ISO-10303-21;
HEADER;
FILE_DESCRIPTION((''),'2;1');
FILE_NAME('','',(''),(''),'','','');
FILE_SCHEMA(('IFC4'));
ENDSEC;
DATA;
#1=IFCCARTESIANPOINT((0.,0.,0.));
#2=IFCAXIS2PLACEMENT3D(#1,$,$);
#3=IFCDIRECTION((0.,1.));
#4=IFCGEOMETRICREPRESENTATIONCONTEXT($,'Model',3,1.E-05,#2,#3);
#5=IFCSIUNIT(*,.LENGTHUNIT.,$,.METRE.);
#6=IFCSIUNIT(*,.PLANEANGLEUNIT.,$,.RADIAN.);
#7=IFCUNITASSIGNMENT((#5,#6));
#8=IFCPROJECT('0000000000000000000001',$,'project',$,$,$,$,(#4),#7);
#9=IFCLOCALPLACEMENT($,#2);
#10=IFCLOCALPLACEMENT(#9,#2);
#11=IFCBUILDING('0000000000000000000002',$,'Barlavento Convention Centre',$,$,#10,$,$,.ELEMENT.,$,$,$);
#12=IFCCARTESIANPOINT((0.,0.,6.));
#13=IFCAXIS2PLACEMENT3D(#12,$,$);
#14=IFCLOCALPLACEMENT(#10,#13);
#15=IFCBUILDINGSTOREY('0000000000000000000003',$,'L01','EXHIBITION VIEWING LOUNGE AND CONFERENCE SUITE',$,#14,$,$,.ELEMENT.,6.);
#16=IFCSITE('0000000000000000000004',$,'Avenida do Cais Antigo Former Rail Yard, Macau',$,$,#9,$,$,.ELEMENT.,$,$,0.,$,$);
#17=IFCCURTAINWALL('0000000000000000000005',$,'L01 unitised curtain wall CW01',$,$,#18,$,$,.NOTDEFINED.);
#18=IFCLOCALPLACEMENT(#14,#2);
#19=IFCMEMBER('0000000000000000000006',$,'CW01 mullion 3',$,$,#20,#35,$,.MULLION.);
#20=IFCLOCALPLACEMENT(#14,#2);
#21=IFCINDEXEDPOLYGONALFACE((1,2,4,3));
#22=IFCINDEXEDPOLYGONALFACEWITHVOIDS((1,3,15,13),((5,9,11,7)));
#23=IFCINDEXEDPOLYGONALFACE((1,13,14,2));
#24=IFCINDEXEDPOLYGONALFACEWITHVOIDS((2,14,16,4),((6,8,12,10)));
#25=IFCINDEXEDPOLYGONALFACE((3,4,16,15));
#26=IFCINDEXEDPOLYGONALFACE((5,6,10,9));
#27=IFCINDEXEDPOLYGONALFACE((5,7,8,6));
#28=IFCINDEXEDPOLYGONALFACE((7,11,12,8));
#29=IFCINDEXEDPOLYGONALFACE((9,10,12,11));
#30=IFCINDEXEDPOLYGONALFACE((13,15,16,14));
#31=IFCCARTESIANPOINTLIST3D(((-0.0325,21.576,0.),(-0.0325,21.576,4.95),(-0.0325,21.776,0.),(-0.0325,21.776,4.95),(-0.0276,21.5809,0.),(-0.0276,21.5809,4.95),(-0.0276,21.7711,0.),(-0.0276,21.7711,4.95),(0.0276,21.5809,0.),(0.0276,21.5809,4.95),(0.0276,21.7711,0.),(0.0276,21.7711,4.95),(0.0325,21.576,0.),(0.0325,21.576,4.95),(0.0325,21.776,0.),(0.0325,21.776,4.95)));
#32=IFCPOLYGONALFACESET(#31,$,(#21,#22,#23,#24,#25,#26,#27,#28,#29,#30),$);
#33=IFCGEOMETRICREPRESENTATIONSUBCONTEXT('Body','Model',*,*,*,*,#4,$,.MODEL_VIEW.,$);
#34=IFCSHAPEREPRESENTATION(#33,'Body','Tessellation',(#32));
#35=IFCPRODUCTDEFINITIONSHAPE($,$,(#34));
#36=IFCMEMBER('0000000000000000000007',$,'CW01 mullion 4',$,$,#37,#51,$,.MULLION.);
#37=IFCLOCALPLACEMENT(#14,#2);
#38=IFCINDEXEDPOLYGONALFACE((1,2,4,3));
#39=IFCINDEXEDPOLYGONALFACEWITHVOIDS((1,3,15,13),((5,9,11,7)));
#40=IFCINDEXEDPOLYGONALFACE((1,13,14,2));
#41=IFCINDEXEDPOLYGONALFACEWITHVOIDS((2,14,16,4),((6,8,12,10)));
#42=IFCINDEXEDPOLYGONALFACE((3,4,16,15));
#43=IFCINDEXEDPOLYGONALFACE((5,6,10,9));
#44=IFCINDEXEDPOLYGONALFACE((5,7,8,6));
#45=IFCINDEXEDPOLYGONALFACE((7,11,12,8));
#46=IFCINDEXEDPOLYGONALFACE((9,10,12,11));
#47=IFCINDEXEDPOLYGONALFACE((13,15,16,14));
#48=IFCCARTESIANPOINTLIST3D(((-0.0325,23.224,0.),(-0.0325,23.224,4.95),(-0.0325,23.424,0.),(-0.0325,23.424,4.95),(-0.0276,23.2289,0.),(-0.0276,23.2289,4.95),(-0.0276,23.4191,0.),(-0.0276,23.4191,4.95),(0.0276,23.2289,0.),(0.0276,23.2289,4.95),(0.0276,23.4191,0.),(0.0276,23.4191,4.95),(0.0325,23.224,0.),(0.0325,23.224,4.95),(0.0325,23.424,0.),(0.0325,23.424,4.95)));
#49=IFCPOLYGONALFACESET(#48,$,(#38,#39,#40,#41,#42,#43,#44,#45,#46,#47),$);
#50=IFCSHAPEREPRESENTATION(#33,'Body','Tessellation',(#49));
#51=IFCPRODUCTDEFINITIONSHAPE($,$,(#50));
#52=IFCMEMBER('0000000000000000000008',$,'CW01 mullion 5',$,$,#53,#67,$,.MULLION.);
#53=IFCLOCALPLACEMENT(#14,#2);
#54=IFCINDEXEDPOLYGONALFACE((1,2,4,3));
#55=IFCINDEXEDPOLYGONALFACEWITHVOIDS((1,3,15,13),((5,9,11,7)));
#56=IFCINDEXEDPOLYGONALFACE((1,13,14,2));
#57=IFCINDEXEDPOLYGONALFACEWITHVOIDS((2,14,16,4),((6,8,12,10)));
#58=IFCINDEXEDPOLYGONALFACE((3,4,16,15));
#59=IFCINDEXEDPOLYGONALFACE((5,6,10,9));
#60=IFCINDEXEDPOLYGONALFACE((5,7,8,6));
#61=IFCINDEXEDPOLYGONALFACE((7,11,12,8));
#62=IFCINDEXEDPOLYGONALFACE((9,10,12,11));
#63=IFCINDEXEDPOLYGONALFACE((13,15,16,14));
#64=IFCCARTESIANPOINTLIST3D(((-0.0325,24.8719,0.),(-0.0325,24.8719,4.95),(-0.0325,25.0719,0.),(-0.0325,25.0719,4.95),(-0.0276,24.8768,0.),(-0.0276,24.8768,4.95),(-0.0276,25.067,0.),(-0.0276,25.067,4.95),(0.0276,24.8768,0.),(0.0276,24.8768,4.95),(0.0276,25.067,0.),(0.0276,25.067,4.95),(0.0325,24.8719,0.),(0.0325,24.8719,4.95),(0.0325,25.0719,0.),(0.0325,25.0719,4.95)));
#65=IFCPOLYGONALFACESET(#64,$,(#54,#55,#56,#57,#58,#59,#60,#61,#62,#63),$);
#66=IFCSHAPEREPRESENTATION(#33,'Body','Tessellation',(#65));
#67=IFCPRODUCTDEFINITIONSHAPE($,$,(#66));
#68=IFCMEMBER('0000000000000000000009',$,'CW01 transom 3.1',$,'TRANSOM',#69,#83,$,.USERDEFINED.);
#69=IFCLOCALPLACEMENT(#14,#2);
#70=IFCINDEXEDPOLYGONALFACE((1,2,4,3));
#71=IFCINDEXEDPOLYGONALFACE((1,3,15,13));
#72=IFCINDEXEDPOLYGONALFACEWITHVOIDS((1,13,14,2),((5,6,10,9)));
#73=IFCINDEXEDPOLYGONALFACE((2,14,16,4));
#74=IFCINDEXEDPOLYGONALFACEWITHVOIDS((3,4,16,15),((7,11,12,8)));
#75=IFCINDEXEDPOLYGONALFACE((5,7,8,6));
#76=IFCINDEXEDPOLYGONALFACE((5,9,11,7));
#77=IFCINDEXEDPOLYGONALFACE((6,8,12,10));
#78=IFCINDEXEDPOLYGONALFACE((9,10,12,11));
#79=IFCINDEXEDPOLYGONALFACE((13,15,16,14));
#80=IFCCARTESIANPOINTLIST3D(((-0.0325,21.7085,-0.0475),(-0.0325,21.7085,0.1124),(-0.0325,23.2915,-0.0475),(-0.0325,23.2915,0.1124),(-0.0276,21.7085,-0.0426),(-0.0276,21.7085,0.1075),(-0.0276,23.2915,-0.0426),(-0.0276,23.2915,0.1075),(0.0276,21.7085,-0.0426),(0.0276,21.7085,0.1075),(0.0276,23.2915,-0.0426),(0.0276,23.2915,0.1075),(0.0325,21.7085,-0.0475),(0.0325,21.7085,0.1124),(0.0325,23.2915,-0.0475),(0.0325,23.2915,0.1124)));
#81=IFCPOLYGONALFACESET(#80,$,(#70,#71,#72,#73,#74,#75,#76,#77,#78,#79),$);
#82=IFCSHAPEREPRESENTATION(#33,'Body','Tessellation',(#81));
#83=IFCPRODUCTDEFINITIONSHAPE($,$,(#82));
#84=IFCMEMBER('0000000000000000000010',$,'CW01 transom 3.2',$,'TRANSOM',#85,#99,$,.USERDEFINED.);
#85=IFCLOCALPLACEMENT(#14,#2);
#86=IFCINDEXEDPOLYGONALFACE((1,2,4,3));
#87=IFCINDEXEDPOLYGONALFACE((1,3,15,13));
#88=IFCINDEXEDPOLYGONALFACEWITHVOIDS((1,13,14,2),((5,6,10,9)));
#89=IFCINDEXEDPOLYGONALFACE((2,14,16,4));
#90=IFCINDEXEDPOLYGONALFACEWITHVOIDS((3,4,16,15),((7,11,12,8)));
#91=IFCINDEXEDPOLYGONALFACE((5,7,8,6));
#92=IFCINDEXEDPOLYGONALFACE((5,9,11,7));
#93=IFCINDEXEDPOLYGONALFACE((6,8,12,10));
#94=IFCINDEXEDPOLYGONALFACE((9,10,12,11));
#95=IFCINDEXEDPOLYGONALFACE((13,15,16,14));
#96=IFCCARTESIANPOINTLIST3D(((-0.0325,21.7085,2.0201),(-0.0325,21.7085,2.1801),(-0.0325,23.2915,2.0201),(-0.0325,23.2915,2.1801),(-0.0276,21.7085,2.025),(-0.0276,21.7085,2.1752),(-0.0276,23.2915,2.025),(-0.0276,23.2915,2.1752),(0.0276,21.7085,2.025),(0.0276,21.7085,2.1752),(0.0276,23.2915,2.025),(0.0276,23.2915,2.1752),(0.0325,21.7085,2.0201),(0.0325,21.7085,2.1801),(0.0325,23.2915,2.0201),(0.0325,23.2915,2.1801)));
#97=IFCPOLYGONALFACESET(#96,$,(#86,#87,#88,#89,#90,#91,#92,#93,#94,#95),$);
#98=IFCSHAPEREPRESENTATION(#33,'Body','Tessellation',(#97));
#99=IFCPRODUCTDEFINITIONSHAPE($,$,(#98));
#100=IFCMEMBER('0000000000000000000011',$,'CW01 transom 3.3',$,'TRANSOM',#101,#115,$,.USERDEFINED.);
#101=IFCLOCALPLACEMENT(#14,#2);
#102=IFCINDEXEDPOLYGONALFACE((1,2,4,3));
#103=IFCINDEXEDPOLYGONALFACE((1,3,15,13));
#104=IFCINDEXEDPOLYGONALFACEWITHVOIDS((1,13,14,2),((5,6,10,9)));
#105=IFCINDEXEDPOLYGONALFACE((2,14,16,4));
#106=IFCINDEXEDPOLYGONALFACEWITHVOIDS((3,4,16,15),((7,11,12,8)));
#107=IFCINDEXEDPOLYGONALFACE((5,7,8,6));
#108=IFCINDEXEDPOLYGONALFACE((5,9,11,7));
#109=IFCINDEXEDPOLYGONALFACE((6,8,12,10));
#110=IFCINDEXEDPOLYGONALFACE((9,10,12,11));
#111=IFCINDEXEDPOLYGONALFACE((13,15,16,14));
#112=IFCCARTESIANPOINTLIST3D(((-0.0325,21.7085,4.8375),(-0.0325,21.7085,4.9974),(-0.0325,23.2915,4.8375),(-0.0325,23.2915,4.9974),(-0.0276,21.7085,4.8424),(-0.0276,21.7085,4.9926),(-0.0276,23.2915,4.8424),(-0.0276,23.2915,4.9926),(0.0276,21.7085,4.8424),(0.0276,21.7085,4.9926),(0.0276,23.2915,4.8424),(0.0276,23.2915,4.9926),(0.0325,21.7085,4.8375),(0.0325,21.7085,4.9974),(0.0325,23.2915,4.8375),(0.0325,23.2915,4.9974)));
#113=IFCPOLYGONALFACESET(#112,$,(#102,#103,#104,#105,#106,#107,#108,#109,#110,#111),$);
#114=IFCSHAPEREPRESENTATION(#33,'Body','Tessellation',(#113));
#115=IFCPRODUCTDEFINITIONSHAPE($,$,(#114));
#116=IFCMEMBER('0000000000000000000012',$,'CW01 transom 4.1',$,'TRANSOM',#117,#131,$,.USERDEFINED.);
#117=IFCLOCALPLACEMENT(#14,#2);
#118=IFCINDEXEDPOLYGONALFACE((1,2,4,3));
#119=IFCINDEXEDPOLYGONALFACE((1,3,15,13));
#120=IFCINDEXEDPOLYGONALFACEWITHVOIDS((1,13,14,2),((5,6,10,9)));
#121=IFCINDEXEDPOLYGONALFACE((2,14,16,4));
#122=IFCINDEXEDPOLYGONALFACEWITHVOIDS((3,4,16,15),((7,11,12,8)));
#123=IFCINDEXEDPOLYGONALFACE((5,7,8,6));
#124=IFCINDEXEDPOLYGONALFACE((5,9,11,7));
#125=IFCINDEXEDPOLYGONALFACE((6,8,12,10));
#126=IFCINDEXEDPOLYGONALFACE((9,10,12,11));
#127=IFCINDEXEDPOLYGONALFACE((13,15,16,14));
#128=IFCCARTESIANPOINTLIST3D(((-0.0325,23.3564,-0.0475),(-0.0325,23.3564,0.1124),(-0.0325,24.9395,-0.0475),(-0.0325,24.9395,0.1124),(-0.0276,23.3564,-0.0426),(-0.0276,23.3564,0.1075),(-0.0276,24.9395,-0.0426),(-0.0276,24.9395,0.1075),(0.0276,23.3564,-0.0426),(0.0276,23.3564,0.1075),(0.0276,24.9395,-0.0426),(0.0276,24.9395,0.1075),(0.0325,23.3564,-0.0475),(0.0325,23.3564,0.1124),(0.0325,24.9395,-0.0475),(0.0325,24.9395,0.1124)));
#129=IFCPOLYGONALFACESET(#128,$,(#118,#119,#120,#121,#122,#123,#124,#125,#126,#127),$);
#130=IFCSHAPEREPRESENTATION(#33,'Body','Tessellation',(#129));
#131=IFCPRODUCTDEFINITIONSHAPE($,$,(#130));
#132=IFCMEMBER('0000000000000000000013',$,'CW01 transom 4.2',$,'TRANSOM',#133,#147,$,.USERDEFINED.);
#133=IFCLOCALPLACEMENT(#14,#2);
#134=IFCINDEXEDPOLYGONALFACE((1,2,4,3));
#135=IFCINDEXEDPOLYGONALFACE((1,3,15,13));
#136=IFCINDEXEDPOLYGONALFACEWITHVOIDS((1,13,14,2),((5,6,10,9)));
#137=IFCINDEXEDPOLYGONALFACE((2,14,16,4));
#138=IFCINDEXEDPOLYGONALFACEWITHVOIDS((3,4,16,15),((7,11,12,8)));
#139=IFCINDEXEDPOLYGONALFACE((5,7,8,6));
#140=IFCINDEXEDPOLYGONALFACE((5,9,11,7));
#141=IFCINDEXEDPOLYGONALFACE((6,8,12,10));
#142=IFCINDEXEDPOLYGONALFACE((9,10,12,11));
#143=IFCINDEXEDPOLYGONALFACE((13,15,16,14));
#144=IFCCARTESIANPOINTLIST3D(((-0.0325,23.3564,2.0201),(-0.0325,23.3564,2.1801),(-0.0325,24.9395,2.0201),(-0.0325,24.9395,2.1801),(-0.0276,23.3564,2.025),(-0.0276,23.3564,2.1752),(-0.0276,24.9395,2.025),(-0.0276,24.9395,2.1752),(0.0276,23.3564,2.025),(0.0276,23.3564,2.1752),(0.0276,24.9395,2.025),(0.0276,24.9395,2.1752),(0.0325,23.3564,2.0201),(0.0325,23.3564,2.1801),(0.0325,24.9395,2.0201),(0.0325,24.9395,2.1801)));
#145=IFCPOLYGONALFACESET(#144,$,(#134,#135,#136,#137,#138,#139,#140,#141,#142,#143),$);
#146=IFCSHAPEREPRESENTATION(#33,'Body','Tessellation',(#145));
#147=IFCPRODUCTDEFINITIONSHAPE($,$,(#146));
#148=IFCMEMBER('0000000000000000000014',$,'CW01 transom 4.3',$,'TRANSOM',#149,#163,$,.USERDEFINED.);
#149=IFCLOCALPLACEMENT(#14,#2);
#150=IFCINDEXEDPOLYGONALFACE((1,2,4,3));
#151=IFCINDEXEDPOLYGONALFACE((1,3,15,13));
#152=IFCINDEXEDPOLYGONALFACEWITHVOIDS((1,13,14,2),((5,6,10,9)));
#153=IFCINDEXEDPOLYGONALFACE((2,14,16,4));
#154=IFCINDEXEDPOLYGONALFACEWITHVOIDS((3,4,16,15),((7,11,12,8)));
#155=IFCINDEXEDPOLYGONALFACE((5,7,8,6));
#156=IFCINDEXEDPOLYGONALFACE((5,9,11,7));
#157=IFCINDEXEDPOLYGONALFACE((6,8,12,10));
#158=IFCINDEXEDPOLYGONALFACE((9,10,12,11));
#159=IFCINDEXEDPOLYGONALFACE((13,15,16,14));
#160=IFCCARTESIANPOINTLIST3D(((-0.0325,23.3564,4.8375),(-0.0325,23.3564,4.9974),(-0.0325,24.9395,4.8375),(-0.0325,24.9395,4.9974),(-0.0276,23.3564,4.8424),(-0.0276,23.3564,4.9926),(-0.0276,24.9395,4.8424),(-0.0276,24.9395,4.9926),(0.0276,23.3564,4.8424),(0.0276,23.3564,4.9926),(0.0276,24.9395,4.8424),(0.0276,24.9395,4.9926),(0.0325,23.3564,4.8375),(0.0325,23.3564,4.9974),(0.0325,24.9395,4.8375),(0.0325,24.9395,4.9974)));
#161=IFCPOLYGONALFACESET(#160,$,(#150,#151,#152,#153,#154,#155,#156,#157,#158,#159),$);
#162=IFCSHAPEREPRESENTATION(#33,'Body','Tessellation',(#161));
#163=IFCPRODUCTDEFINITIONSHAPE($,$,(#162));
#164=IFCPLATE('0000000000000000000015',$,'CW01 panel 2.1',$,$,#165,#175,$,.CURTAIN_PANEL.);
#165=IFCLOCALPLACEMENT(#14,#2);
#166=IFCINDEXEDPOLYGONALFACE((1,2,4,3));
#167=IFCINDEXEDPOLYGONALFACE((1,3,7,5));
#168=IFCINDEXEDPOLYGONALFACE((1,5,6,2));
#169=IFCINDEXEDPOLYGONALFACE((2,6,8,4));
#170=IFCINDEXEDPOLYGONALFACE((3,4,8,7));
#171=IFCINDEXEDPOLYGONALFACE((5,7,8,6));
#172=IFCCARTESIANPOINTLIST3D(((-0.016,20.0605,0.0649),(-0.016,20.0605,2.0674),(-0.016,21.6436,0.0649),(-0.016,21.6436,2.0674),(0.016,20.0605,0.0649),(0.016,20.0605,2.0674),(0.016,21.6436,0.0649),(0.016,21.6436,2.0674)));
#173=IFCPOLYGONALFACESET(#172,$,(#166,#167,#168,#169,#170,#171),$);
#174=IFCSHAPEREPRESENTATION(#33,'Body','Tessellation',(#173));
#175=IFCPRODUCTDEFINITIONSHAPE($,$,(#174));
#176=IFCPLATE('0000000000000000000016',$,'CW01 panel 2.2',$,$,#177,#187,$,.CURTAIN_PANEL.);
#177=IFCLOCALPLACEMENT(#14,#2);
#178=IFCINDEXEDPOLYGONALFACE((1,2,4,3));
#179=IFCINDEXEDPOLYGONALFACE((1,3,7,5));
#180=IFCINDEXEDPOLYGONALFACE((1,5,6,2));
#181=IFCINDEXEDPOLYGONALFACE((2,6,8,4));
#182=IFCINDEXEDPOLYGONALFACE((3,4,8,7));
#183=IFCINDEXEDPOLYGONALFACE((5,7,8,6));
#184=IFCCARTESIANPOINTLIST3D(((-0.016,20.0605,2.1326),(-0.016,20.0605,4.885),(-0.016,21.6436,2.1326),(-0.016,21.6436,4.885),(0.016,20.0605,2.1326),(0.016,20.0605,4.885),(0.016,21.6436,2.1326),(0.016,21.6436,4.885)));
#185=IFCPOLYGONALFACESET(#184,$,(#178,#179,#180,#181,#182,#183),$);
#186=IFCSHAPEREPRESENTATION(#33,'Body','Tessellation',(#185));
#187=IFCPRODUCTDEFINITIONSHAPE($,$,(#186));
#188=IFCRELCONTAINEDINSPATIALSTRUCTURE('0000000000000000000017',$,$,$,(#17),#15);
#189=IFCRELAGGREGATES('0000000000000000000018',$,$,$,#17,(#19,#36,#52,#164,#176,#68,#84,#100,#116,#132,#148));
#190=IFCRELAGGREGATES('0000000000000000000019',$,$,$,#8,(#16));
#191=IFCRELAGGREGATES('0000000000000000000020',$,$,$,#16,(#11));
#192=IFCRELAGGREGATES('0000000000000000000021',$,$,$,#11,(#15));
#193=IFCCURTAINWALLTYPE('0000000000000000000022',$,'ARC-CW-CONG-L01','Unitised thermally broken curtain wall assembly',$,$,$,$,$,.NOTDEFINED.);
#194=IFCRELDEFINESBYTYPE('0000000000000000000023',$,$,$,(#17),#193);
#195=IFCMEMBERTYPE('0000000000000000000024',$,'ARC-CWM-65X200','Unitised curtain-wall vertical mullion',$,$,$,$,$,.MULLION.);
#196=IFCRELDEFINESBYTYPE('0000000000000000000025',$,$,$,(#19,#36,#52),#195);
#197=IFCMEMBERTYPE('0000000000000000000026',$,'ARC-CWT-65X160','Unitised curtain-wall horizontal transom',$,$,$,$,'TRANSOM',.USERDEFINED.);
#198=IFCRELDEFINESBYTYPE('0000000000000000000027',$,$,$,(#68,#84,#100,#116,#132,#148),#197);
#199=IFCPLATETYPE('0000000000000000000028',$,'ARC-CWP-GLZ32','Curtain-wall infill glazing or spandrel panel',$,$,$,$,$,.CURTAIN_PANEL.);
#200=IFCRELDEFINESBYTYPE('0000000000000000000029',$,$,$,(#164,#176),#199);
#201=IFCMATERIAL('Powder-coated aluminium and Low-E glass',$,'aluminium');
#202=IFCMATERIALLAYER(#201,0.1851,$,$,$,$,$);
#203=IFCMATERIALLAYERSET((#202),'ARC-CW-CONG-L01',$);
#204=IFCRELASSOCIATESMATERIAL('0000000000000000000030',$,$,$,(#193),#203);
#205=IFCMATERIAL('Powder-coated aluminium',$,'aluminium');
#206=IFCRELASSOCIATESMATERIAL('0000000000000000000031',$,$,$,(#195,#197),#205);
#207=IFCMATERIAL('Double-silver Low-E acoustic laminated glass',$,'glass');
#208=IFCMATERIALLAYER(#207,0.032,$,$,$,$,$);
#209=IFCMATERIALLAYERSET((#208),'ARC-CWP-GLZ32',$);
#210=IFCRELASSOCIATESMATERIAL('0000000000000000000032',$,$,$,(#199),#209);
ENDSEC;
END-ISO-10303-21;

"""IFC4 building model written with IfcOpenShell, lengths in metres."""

from ifc_helpers import new_model, si_unit, direction, frame, origin, origin_2d, place, context, subcontext, project, spatial, rectangle, hollow_rectangle, extrude, material, layer, layer_set, material_profile, profile_set, type_object, element, aggregate, save


model = new_model("IFC4")

# Units and contexts
model_context = context("Model", 3, precision=1e-05, world=origin(), true_north=direction((0.0, 1.0)))
body_context = subcontext(model_context, "Body", "Model", "MODEL_VIEW")
ifc_project = project(units=[si_unit("LENGTHUNIT", "METRE"), si_unit("PLANEANGLEUNIT", "RADIAN")], contexts=[model_context])

# Site, building, storey
site_placement = place(None, origin())
site = spatial("IfcSite", under=ifc_project, at=site_placement, Name="Avenida do Cais Antigo Former Rail Yard, Macau", CompositionType="ELEMENT", RefElevation=0.0)
building_placement = place(site_placement, origin())
building = spatial("IfcBuilding", under=site, at=building_placement, Name="Barlavento Convention Centre", CompositionType="ELEMENT")
storey_placement = place(building_placement, frame((0.0, 0.0, 6.0)))
storey = spatial("IfcBuildingStorey", under=building, at=storey_placement, Name="L01", Description="EXHIBITION VIEWING LOUNGE AND CONFERENCE SUITE", CompositionType="ELEMENT", Elevation=6.0)

# Curtain wall, members, plates
ifc_material_1 = material(Name="Powder-coated aluminium and Low-E glass", Category="aluminium")
ifc_layer_1 = layer(ifc_material_1, 0.1851)
ifc_layer_set_1 = layer_set([ifc_layer_1], Name="ARC-CW-CONG-L01")
curtain_wall_type = type_object("IfcCurtainWallType", Name="ARC-CW-CONG-L01", Description="Unitised thermally broken curtain wall assembly", PredefinedType="NOTDEFINED", material=ifc_layer_set_1)
curtain_wall_placement = place(storey_placement, origin())
curtain_wall = element("IfcCurtainWall", 1, at=curtain_wall_placement, inside=storey, type_object=curtain_wall_type, Name="L01 unitised curtain wall CW01", PredefinedType="NOTDEFINED")
ifc_material_2 = material(Name="Powder-coated aluminium", Category="aluminium")
ifc_material_profile_1 = material_profile(ifc_material_2, hollow_rectangle(XDim=0.0649, YDim=0.2, WallThickness=0.0049, at=origin_2d()), Name="AL-MULL 65x200x5")
ifc_profile_set_1 = profile_set([ifc_material_profile_1], Name="Powder-coated aluminium")
member_type_1 = type_object("IfcMemberType", Name="ARC-CWM-65X200", Description="Unitised curtain-wall vertical mullion", PredefinedType="MULLION", material=ifc_profile_set_1)
member_1_placement = place(storey_placement, frame((0.0, 21.676, 0.0), z_axis=(0.0, 0.0, 1.0), x_axis=(-1.0, 0.0, 0.0)))
member_1 = element("IfcMember", 2, at=member_1_placement, type_object=member_type_1, Name="CW01 mullion 3", PredefinedType="MULLION", context=body_context, shape_type="SweptSolid", body=[
    extrude(hollow_rectangle(XDim=0.0649, YDim=0.2, WallThickness=0.0049, at=origin_2d()), origin(), (0.0, 0.0, 1.0), 4.95),
])
member_2_placement = place(storey_placement, frame((0.0, 23.324, 0.0), z_axis=(0.0, 0.0, 1.0), x_axis=(-1.0, 0.0, 0.0)))
member_2 = element("IfcMember", 3, at=member_2_placement, type_object=member_type_1, Name="CW01 mullion 4", PredefinedType="MULLION", context=body_context, shape_type="SweptSolid", body=[
    extrude(hollow_rectangle(XDim=0.0649, YDim=0.2, WallThickness=0.0049, at=origin_2d()), origin(), (0.0, 0.0, 1.0), 4.95),
])
member_3_placement = place(storey_placement, frame((0.0, 24.9719, 0.0), z_axis=(0.0, 0.0, 1.0), x_axis=(-1.0, 0.0, 0.0)))
member_3 = element("IfcMember", 4, at=member_3_placement, type_object=member_type_1, Name="CW01 mullion 5", PredefinedType="MULLION", context=body_context, shape_type="SweptSolid", body=[
    extrude(hollow_rectangle(XDim=0.0649, YDim=0.2, WallThickness=0.0049, at=origin_2d()), origin(), (0.0, 0.0, 1.0), 4.95),
])
ifc_material_profile_2 = material_profile(ifc_material_2, hollow_rectangle(XDim=0.0649, YDim=0.1599, WallThickness=0.0049, at=origin_2d()), Name="AL-TRAN 65x160x5")
ifc_profile_set_2 = profile_set([ifc_material_profile_2], Name="Powder-coated aluminium")
member_type_2 = type_object("IfcMemberType", Name="ARC-CWT-65X160", Description="Unitised curtain-wall horizontal transom", ElementType="TRANSOM", PredefinedType="USERDEFINED", material=ifc_profile_set_2)
member_4_placement = place(storey_placement, frame((0.0, 21.7085, 0.0325), z_axis=(0.0, 1.0, 0.0), x_axis=(-1.0, 0.0, 0.0)))
member_4 = element("IfcMember", 5, at=member_4_placement, type_object=member_type_2, Name="CW01 transom 3.1", ObjectType="TRANSOM", PredefinedType="USERDEFINED", context=body_context, shape_type="SweptSolid", body=[
    extrude(hollow_rectangle(XDim=0.0649, YDim=0.1599, WallThickness=0.0049, at=origin_2d()), origin(), (0.0, 0.0, 1.0), 1.583),
])
member_5_placement = place(storey_placement, frame((0.0, 21.7085, 2.1001), z_axis=(0.0, 1.0, 0.0), x_axis=(-1.0, 0.0, 0.0)))
member_5 = element("IfcMember", 6, at=member_5_placement, type_object=member_type_2, Name="CW01 transom 3.2", ObjectType="TRANSOM", PredefinedType="USERDEFINED", context=body_context, shape_type="SweptSolid", body=[
    extrude(hollow_rectangle(XDim=0.0649, YDim=0.1599, WallThickness=0.0049, at=origin_2d()), origin(), (0.0, 0.0, 1.0), 1.583),
])
member_6_placement = place(storey_placement, frame((0.0, 21.7085, 4.9175), z_axis=(0.0, 1.0, 0.0), x_axis=(-1.0, 0.0, 0.0)))
member_6 = element("IfcMember", 7, at=member_6_placement, type_object=member_type_2, Name="CW01 transom 3.3", ObjectType="TRANSOM", PredefinedType="USERDEFINED", context=body_context, shape_type="SweptSolid", body=[
    extrude(hollow_rectangle(XDim=0.0649, YDim=0.1599, WallThickness=0.0049, at=origin_2d()), origin(), (0.0, 0.0, 1.0), 1.583),
])
member_7_placement = place(storey_placement, frame((0.0, 23.3564, 0.0325), z_axis=(0.0, 1.0, 0.0), x_axis=(-1.0, 0.0, 0.0)))
member_7 = element("IfcMember", 8, at=member_7_placement, type_object=member_type_2, Name="CW01 transom 4.1", ObjectType="TRANSOM", PredefinedType="USERDEFINED", context=body_context, shape_type="SweptSolid", body=[
    extrude(hollow_rectangle(XDim=0.0649, YDim=0.1599, WallThickness=0.0049, at=origin_2d()), origin(), (0.0, 0.0, 1.0), 1.583),
])
member_8_placement = place(storey_placement, frame((0.0, 23.3564, 2.1001), z_axis=(0.0, 1.0, 0.0), x_axis=(-1.0, 0.0, 0.0)))
member_8 = element("IfcMember", 9, at=member_8_placement, type_object=member_type_2, Name="CW01 transom 4.2", ObjectType="TRANSOM", PredefinedType="USERDEFINED", context=body_context, shape_type="SweptSolid", body=[
    extrude(hollow_rectangle(XDim=0.0649, YDim=0.1599, WallThickness=0.0049, at=origin_2d()), origin(), (0.0, 0.0, 1.0), 1.583),
])
member_9_placement = place(storey_placement, frame((0.0, 23.3564, 4.9175), z_axis=(0.0, 1.0, 0.0), x_axis=(-1.0, 0.0, 0.0)))
member_9 = element("IfcMember", 10, at=member_9_placement, type_object=member_type_2, Name="CW01 transom 4.3", ObjectType="TRANSOM", PredefinedType="USERDEFINED", context=body_context, shape_type="SweptSolid", body=[
    extrude(hollow_rectangle(XDim=0.0649, YDim=0.1599, WallThickness=0.0049, at=origin_2d()), origin(), (0.0, 0.0, 1.0), 1.583),
])
ifc_material_3 = material(Name="Double-silver Low-E acoustic laminated glass", Category="glass")
ifc_layer_2 = layer(ifc_material_3, 0.032)
ifc_layer_set_2 = layer_set([ifc_layer_2], Name="ARC-CWP-GLZ32")
plate_type = type_object("IfcPlateType", Name="ARC-CWP-GLZ32", Description="Curtain-wall infill glazing or spandrel panel", PredefinedType="CURTAIN_PANEL", material=ifc_layer_set_2)
plate_1_placement = place(storey_placement, frame((0.0, 20.8521, 0.0649), z_axis=(0.0, 0.0, 1.0), x_axis=(0.0, 1.0, 0.0)))
plate_1 = element("IfcPlate", 11, at=plate_1_placement, type_object=plate_type, Name="CW01 panel 2.1", PredefinedType="CURTAIN_PANEL", context=body_context, shape_type="SweptSolid", body=[
    extrude(rectangle(XDim=1.583, YDim=0.032, at=origin_2d()), origin(), (0.0, 0.0, 1.0), 2.0024),
])
plate_2_placement = place(storey_placement, frame((0.0, 20.8521, 2.1326), z_axis=(0.0, 0.0, 1.0), x_axis=(0.0, 1.0, 0.0)))
plate_2 = element("IfcPlate", 12, at=plate_2_placement, type_object=plate_type, Name="CW01 panel 2.2", PredefinedType="CURTAIN_PANEL", context=body_context, shape_type="SweptSolid", body=[
    extrude(rectangle(XDim=1.583, YDim=0.032, at=origin_2d()), origin(), (0.0, 0.0, 1.0), 2.7524),
])
aggregate(curtain_wall, [member_1, member_2, member_3, plate_1, plate_2, member_4, member_5, member_6, member_7, member_8, member_9])

save(model, "model.ifc")
